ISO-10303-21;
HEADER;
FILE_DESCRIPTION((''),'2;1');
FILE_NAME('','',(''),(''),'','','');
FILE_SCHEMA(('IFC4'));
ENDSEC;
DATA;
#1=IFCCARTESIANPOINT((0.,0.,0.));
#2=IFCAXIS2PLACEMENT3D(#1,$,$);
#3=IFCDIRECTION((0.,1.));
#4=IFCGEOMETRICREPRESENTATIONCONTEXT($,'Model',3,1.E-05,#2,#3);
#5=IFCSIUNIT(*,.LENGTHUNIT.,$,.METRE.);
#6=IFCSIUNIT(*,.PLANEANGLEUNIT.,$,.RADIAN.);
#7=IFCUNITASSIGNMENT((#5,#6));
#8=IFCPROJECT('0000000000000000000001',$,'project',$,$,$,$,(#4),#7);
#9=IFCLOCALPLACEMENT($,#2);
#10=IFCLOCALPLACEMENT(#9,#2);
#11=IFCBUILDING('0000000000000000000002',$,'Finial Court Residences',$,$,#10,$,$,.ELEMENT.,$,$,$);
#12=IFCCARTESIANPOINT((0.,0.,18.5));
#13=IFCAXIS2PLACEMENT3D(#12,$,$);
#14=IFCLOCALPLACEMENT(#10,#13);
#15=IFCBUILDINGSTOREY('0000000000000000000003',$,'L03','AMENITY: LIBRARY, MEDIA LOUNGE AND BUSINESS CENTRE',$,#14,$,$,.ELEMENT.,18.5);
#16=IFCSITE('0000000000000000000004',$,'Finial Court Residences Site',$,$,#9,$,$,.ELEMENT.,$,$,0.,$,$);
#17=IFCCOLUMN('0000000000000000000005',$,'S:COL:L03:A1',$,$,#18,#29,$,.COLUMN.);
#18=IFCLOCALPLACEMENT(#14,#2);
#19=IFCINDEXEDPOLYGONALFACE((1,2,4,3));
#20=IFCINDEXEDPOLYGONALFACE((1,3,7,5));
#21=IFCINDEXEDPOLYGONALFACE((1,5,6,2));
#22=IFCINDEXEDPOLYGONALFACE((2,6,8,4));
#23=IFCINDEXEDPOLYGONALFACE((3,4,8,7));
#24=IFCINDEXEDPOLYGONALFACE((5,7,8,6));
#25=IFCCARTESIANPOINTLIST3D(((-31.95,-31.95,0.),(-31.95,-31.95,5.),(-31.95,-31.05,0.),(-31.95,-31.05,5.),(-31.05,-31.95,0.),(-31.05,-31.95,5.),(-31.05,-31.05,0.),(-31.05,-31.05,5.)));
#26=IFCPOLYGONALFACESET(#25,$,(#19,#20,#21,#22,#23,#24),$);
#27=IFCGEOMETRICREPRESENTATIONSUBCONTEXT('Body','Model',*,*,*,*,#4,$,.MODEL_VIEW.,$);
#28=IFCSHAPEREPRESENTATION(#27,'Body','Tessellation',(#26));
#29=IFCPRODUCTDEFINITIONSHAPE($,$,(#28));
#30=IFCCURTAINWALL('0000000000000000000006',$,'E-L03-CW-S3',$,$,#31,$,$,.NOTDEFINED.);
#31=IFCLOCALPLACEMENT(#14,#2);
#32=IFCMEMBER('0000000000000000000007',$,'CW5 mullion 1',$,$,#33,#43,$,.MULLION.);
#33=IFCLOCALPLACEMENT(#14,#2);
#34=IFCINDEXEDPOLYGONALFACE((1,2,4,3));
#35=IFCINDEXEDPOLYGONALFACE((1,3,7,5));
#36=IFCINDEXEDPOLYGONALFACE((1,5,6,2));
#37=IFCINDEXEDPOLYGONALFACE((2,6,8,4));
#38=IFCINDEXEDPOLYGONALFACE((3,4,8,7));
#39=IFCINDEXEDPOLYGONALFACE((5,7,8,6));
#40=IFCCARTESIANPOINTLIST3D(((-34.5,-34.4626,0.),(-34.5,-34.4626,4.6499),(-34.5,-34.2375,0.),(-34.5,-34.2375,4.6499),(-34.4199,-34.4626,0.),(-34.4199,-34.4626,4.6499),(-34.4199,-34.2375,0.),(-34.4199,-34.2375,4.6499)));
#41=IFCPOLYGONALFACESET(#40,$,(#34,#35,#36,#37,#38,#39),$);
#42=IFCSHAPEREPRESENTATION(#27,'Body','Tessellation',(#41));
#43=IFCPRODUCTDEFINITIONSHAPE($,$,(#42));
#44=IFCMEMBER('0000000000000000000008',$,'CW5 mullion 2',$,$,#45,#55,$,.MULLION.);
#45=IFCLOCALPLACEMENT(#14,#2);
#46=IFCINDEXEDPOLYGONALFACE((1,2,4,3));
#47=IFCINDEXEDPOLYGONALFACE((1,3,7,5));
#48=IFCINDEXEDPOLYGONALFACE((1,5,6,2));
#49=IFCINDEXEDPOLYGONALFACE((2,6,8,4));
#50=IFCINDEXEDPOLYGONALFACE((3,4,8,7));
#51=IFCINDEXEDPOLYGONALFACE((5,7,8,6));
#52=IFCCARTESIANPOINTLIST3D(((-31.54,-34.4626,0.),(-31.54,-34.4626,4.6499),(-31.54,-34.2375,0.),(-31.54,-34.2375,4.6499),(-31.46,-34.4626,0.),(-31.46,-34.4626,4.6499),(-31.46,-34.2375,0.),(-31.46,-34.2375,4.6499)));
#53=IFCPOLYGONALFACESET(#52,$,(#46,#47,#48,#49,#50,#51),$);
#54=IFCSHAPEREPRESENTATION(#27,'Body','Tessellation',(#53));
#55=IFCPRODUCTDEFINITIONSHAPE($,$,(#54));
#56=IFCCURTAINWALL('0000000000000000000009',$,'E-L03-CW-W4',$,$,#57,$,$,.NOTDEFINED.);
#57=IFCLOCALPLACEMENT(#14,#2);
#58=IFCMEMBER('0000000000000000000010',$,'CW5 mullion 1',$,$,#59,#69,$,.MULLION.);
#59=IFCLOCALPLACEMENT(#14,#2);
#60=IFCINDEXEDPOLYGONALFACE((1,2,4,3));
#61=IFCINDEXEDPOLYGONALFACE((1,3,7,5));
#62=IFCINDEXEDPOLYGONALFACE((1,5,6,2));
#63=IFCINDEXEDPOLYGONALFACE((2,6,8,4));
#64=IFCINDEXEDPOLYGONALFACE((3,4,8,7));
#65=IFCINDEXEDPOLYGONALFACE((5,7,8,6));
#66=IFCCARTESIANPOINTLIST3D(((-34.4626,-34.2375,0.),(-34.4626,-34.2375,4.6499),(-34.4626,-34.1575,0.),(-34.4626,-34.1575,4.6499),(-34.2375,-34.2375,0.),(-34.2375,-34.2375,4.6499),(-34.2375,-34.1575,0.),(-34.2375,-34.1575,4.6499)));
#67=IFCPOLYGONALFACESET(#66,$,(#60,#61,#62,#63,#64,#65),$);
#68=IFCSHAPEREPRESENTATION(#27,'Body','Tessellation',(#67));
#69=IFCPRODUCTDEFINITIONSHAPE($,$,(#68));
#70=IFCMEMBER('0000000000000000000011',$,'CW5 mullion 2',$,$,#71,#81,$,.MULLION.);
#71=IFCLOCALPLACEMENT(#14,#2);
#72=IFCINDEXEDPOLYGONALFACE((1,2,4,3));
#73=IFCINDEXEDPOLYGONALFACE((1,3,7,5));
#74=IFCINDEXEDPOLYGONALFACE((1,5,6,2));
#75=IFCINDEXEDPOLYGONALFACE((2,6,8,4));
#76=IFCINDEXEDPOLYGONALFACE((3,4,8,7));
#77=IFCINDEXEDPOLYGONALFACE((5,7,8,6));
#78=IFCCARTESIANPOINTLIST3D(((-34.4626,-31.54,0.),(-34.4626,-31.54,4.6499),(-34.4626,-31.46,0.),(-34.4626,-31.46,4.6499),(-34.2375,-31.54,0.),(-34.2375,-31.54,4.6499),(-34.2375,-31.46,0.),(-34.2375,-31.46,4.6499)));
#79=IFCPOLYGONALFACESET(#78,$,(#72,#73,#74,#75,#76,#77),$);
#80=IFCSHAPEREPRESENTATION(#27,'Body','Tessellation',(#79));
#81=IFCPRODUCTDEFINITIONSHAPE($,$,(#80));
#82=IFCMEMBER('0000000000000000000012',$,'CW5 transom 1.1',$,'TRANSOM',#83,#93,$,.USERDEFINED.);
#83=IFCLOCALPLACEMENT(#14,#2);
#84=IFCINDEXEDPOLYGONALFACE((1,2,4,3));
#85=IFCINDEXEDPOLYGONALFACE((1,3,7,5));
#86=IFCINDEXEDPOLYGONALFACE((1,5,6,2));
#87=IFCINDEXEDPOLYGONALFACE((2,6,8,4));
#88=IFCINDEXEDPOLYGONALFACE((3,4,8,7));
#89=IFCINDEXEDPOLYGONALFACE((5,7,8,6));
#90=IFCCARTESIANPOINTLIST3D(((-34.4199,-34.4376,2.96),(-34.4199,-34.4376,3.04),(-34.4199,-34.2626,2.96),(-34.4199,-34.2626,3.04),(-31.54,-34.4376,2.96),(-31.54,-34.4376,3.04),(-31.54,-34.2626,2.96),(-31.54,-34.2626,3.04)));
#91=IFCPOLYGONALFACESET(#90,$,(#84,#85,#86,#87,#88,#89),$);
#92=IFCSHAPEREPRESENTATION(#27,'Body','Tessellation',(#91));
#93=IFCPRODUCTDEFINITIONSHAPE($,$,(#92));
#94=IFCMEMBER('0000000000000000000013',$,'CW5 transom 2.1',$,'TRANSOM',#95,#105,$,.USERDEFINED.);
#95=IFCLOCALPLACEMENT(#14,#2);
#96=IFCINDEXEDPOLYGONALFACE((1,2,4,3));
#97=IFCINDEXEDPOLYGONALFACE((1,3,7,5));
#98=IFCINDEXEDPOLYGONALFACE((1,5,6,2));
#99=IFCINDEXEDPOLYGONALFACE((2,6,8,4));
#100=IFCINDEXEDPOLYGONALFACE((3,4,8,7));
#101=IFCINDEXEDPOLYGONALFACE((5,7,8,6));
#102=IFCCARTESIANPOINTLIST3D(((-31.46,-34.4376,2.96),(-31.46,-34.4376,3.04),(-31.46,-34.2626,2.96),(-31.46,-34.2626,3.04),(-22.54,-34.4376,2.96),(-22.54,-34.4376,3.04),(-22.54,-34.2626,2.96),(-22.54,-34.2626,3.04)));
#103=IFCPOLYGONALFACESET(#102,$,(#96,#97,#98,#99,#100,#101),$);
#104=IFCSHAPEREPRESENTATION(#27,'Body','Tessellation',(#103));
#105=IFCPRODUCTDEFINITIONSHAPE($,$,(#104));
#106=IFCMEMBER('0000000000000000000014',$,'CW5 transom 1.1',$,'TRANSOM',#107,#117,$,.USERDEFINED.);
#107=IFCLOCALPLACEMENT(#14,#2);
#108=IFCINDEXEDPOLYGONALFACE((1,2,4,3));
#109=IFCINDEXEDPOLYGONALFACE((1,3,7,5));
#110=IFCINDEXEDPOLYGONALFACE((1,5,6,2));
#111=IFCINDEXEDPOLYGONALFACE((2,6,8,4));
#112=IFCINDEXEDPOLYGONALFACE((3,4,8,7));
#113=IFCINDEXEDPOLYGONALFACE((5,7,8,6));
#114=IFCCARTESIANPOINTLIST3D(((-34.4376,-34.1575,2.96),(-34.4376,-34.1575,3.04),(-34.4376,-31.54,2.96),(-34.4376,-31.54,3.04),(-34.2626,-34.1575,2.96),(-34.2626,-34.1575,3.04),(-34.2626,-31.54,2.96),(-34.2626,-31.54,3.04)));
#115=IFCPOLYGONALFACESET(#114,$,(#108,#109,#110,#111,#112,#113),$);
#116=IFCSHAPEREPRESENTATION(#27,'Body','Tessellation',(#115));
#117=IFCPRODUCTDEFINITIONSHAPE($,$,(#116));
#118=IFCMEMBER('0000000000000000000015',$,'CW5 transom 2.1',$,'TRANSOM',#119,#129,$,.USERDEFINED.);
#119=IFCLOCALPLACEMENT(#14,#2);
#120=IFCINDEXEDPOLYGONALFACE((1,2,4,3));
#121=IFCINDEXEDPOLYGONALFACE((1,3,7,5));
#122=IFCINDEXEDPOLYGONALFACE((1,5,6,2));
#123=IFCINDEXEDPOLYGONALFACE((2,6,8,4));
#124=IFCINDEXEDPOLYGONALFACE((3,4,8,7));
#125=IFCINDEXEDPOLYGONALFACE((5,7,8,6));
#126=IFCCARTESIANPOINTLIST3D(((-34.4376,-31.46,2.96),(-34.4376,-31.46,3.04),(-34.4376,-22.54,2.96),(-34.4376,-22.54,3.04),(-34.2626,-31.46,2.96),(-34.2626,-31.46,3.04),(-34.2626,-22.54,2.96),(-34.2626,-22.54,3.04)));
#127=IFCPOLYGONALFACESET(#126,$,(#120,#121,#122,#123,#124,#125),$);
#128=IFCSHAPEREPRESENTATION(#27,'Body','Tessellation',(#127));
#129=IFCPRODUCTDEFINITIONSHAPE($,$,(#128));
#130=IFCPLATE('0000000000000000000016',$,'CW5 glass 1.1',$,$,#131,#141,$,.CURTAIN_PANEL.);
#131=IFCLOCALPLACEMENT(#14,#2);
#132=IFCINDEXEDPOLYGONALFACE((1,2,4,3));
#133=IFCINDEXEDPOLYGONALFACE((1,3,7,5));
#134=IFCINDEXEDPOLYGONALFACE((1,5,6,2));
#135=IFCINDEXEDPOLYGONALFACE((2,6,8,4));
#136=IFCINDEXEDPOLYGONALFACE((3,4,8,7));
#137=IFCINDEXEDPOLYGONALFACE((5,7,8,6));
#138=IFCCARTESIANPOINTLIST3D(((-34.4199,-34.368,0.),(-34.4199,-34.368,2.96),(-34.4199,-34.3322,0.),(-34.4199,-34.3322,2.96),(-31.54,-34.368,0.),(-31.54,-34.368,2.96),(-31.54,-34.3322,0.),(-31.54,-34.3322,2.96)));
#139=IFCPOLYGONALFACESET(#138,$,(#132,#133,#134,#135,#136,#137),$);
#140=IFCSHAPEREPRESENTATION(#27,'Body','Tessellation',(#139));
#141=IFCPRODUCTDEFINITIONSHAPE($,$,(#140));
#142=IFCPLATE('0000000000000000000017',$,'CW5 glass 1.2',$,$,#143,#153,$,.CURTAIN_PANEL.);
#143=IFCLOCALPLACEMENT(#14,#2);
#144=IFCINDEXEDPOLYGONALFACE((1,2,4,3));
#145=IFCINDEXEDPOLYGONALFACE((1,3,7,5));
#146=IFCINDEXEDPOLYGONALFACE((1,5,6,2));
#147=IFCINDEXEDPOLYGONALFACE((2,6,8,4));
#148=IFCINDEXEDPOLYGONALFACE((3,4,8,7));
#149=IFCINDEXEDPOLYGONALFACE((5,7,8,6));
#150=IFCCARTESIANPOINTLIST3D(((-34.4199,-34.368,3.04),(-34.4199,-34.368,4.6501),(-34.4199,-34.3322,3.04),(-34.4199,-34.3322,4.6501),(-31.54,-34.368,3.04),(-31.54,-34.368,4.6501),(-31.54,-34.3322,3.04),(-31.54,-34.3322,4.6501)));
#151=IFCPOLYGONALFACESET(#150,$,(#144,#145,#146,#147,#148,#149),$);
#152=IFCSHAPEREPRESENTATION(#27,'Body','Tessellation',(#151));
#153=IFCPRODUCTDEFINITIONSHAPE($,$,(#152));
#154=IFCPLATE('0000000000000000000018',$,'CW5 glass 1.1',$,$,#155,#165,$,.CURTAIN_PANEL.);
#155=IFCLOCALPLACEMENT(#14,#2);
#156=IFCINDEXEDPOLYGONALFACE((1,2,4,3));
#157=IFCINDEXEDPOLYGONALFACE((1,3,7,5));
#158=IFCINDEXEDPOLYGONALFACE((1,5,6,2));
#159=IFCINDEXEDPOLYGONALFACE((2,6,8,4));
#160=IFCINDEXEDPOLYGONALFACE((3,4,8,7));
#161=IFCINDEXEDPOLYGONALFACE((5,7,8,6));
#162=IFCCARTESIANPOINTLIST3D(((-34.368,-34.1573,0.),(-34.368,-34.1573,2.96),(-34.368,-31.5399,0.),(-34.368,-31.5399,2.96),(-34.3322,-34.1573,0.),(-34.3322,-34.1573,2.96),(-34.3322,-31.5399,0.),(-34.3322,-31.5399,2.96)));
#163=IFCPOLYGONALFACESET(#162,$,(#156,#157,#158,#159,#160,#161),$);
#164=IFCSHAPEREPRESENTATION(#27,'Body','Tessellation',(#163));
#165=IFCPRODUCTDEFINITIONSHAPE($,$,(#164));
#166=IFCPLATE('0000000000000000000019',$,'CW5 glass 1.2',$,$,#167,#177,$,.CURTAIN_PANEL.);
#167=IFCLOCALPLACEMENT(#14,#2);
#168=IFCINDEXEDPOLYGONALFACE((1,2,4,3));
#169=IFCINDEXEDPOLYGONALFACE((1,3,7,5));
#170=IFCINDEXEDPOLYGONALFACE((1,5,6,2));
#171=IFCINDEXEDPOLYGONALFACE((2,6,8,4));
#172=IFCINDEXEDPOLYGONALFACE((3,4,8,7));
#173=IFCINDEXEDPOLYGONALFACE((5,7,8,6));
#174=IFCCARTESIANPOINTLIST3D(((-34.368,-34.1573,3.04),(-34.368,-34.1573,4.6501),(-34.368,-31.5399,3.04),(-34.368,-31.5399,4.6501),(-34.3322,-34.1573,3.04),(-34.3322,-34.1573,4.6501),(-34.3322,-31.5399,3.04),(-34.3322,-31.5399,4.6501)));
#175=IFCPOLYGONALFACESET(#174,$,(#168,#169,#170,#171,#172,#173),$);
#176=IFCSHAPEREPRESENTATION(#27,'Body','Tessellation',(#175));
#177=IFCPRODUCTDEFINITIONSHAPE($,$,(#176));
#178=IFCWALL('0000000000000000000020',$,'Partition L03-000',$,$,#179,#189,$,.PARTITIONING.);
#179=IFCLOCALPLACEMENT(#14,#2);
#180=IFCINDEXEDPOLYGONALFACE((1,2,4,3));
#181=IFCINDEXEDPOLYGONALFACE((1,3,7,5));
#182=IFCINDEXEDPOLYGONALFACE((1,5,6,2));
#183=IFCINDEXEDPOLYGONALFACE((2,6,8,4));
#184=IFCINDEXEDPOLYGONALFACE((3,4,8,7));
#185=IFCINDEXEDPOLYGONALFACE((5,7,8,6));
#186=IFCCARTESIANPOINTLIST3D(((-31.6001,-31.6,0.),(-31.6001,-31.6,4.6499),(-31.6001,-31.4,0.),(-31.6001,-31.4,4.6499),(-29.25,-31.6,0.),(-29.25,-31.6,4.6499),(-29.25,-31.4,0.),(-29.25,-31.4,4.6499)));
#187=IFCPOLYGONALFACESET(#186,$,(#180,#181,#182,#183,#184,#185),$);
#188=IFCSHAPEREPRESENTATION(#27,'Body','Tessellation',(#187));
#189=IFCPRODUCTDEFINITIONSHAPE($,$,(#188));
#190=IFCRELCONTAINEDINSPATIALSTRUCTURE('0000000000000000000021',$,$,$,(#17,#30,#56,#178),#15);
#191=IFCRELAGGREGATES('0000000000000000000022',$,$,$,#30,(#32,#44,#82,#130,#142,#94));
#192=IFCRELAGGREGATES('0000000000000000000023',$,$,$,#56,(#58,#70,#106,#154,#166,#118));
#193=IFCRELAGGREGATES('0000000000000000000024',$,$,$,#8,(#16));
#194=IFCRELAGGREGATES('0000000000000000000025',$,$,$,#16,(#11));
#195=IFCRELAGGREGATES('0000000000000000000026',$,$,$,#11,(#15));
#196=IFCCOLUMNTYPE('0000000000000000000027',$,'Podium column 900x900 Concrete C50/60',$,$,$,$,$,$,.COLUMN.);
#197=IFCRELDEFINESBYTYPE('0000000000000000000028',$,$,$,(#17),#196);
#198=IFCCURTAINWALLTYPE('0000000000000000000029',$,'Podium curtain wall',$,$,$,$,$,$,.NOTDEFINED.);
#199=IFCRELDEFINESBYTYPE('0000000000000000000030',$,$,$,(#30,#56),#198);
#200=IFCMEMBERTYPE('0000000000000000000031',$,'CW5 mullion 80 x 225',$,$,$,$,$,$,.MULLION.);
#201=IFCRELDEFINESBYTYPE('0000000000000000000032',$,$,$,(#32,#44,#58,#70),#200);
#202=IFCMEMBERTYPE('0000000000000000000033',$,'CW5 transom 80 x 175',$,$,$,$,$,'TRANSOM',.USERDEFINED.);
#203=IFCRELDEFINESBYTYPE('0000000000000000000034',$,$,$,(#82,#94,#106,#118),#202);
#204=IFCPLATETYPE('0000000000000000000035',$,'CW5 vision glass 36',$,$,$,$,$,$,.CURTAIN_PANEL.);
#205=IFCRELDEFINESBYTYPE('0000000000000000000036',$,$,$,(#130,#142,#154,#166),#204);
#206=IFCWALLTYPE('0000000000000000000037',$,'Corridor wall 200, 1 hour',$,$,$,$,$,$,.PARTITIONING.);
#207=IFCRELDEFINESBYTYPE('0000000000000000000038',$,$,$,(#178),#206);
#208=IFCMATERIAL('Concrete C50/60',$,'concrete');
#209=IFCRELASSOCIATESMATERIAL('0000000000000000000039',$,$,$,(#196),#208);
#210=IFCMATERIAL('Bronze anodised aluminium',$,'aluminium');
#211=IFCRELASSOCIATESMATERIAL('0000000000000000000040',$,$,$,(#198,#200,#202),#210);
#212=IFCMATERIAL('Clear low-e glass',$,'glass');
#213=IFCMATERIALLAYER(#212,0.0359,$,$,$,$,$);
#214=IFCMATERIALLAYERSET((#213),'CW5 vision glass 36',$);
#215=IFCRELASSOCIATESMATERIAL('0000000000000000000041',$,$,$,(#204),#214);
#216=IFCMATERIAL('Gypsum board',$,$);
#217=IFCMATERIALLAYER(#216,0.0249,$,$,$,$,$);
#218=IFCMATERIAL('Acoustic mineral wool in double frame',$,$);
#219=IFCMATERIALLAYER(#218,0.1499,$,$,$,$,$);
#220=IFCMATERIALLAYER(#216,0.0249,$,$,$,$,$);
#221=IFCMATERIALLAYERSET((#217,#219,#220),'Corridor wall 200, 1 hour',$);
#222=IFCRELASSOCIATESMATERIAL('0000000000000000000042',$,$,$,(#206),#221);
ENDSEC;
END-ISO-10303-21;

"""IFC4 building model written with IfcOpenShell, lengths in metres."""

from ifc_helpers import new_model, si_unit, direction, frame, frame_2d, origin, origin_2d, place, context, subcontext, project, spatial, rectangle, extrude, material, layer, layer_set, material_profile, profile_set, type_object, element, aggregate, save


model = new_model("IFC4")

# Units and contexts
model_context = context("Model", 3, precision=1e-05, world=origin(), true_north=direction((0.0, 1.0)))
body_context = subcontext(model_context, "Body", "Model", "MODEL_VIEW")
ifc_project = project(units=[si_unit("LENGTHUNIT", "METRE"), si_unit("PLANEANGLEUNIT", "RADIAN")], contexts=[model_context])

# Site, building, storey
site_placement = place(None, origin())
site = spatial("IfcSite", under=ifc_project, at=site_placement, Name="Finial Court Residences Site", CompositionType="ELEMENT", RefElevation=0.0)
building_placement = place(site_placement, origin())
building = spatial("IfcBuilding", under=site, at=building_placement, Name="Finial Court Residences", CompositionType="ELEMENT")
storey_placement = place(building_placement, frame((0.0, 0.0, 18.5)))
storey = spatial("IfcBuildingStorey", under=building, at=storey_placement, Name="L03", Description="AMENITY: LIBRARY, MEDIA LOUNGE AND BUSINESS CENTRE", CompositionType="ELEMENT", Elevation=18.5)

# Column
ifc_material_1 = material(Name="Concrete C50/60", Category="concrete")
ifc_material_profile_1 = material_profile(ifc_material_1, rectangle(XDim=0.8999, YDim=0.8999, at=origin_2d()), Name="900x900")
ifc_profile_set_1 = profile_set([ifc_material_profile_1], Name="Concrete C50/60")
column_type = type_object("IfcColumnType", Name="Podium column 900x900 Concrete C50/60", PredefinedType="COLUMN", material=ifc_profile_set_1)
column_placement = place(storey_placement, frame((-31.5, -31.5, 0.0), z_axis=(0.0, 0.0, 1.0), x_axis=(1.0, 0.0, 0.0)))
element("IfcColumn", 1, at=column_placement, inside=storey, type_object=column_type, Name="S:COL:L03:A1", PredefinedType="COLUMN", context=body_context, shape_type="SweptSolid", body=[
    extrude(rectangle(XDim=0.8999, YDim=0.8999, at=origin_2d()), origin(), (0.0, 0.0, 1.0), 5.0),
])

# Curtain walls, members
ifc_material_2 = material(Name="Bronze anodised aluminium", Category="aluminium")
curtain_wall_type = type_object("IfcCurtainWallType", Name="Podium curtain wall", PredefinedType="NOTDEFINED", material=ifc_material_2)
curtain_wall_1_placement = place(storey_placement, origin())
curtain_wall_1 = element("IfcCurtainWall", 2, at=curtain_wall_1_placement, inside=storey, type_object=curtain_wall_type, Name="E-L03-CW-S3", PredefinedType="NOTDEFINED")
ifc_material_profile_2 = material_profile(ifc_material_2, rectangle(XDim=0.2251, YDim=0.0801, at=origin_2d()), Name="CW5 mullion 80 x 225")
ifc_profile_set_2 = profile_set([ifc_material_profile_2], Name="Bronze anodised aluminium")
member_type_1 = type_object("IfcMemberType", Name="CW5 mullion 80 x 225", PredefinedType="MULLION", material=ifc_profile_set_2)
member_1_placement = place(storey_placement, frame((-34.46, -34.3501, 0.0), z_axis=(0.0, 0.0, 1.0), x_axis=(0.0, 1.0, 0.0)))
member_1 = element("IfcMember", 3, at=member_1_placement, type_object=member_type_1, Name="CW5 mullion 1", PredefinedType="MULLION", context=body_context, shape_type="SweptSolid", body=[
    extrude(rectangle(XDim=0.2251, YDim=0.0801, at=origin_2d()), origin(), (0.0, 0.0, 1.0), 4.6499),
])
member_2_placement = place(storey_placement, frame((-31.5, -34.3501, 0.0), z_axis=(0.0, 0.0, 1.0), x_axis=(0.0, 1.0, 0.0)))
member_2 = element("IfcMember", 4, at=member_2_placement, type_object=member_type_1, Name="CW5 mullion 2", PredefinedType="MULLION", context=body_context, shape_type="SweptSolid", body=[
    extrude(rectangle(XDim=0.2251, YDim=0.0801, at=origin_2d()), origin(), (0.0, 0.0, 1.0), 4.6499),
])
curtain_wall_2_placement = place(storey_placement, origin())
curtain_wall_2 = element("IfcCurtainWall", 5, at=curtain_wall_2_placement, inside=storey, type_object=curtain_wall_type, Name="E-L03-CW-W4", PredefinedType="NOTDEFINED")
member_3_placement = place(storey_placement, frame((-34.3501, -34.1975, 0.0), z_axis=(0.0, 0.0, 1.0), x_axis=(-1.0, 0.0, 0.0)))
member_3 = element("IfcMember", 6, at=member_3_placement, type_object=member_type_1, Name="CW5 mullion 1", PredefinedType="MULLION", context=body_context, shape_type="SweptSolid", body=[
    extrude(rectangle(XDim=0.2251, YDim=0.0801, at=origin_2d()), origin(), (0.0, 0.0, 1.0), 4.6499),
])
member_4_placement = place(storey_placement, frame((-34.3501, -31.5, 0.0), z_axis=(0.0, 0.0, 1.0), x_axis=(-1.0, 0.0, 0.0)))
member_4 = element("IfcMember", 7, at=member_4_placement, type_object=member_type_1, Name="CW5 mullion 2", PredefinedType="MULLION", context=body_context, shape_type="SweptSolid", body=[
    extrude(rectangle(XDim=0.2251, YDim=0.0801, at=origin_2d()), origin(), (0.0, 0.0, 1.0), 4.6499),
])

# Members
ifc_material_profile_3 = material_profile(ifc_material_2, rectangle(XDim=0.175, YDim=0.0801, at=origin_2d()), Name="CW5 transom 80 x 175")
ifc_profile_set_3 = profile_set([ifc_material_profile_3], Name="Bronze anodised aluminium")
member_type_2 = type_object("IfcMemberType", Name="CW5 transom 80 x 175", ElementType="TRANSOM", PredefinedType="USERDEFINED", material=ifc_profile_set_3)
member_5_placement = place(storey_placement, frame((-34.4199, -34.3501, 3.0), z_axis=(1.0, 0.0, 0.0), x_axis=(0.0, 1.0, 0.0)))
member_5 = element("IfcMember", 8, at=member_5_placement, type_object=member_type_2, Name="CW5 transom 1.1", ObjectType="TRANSOM", PredefinedType="USERDEFINED", context=body_context, shape_type="SweptSolid", body=[
    extrude(rectangle(XDim=0.175, YDim=0.0801, at=origin_2d()), origin(), (0.0, 0.0, 1.0), 2.8799),
])
member_6_placement = place(storey_placement, frame((-31.46, -34.3501, 3.0), z_axis=(1.0, 0.0, 0.0), x_axis=(0.0, 1.0, 0.0)))
member_6 = element("IfcMember", 9, at=member_6_placement, type_object=member_type_2, Name="CW5 transom 2.1", ObjectType="TRANSOM", PredefinedType="USERDEFINED", context=body_context, shape_type="SweptSolid", body=[
    extrude(rectangle(XDim=0.175, YDim=0.0801, at=origin_2d()), origin(), (0.0, 0.0, 1.0), 8.9199),
])
member_7_placement = place(storey_placement, frame((-34.3501, -34.1575, 3.0), z_axis=(0.0, 1.0, 0.0), x_axis=(-1.0, 0.0, 0.0)))
member_7 = element("IfcMember", 10, at=member_7_placement, type_object=member_type_2, Name="CW5 transom 1.1", ObjectType="TRANSOM", PredefinedType="USERDEFINED", context=body_context, shape_type="SweptSolid", body=[
    extrude(rectangle(XDim=0.175, YDim=0.0801, at=origin_2d()), origin(), (0.0, 0.0, 1.0), 2.6174),
])
member_8_placement = place(storey_placement, frame((-34.3501, -31.46, 3.0), z_axis=(0.0, 1.0, 0.0), x_axis=(-1.0, 0.0, 0.0)))
member_8 = element("IfcMember", 11, at=member_8_placement, type_object=member_type_2, Name="CW5 transom 2.1", ObjectType="TRANSOM", PredefinedType="USERDEFINED", context=body_context, shape_type="SweptSolid", body=[
    extrude(rectangle(XDim=0.175, YDim=0.0801, at=origin_2d()), origin(), (0.0, 0.0, 1.0), 8.9199),
])

# Plates
ifc_material_3 = material(Name="Clear low-e glass", Category="glass")
ifc_layer_1 = layer(ifc_material_3, 0.0359)
ifc_layer_set_1 = layer_set([ifc_layer_1], Name="CW5 vision glass 36")
plate_type = type_object("IfcPlateType", Name="CW5 vision glass 36", PredefinedType="CURTAIN_PANEL", material=ifc_layer_set_1)
plate_1_placement = place(storey_placement, frame((-32.98, -34.3501, 0.0), z_axis=(0.0, 0.0, 1.0), x_axis=(1.0, 0.0, 0.0)))
plate_1 = element("IfcPlate", 12, at=plate_1_placement, type_object=plate_type, Name="CW5 glass 1.1", PredefinedType="CURTAIN_PANEL", context=body_context, shape_type="SweptSolid", body=[
    extrude(rectangle(XDim=2.8799, YDim=0.0359, at=origin_2d()), origin(), (0.0, 0.0, 1.0), 2.96),
])
plate_2_placement = place(storey_placement, frame((-32.98, -34.3501, 3.04), z_axis=(0.0, 0.0, 1.0), x_axis=(1.0, 0.0, 0.0)))
plate_2 = element("IfcPlate", 13, at=plate_2_placement, type_object=plate_type, Name="CW5 glass 1.2", PredefinedType="CURTAIN_PANEL", context=body_context, shape_type="SweptSolid", body=[
    extrude(rectangle(XDim=2.8799, YDim=0.0359, at=origin_2d()), origin(), (0.0, 0.0, 1.0), 1.6101),
])
aggregate(curtain_wall_1, [member_1, member_2, member_5, plate_1, plate_2, member_6])
plate_3_placement = place(storey_placement, frame((-34.3501, -32.8486, 0.0), z_axis=(0.0, 0.0, 1.0), x_axis=(0.0, 1.0, 0.0)))
plate_3 = element("IfcPlate", 14, at=plate_3_placement, type_object=plate_type, Name="CW5 glass 1.1", PredefinedType="CURTAIN_PANEL", context=body_context, shape_type="SweptSolid", body=[
    extrude(rectangle(XDim=2.6174, YDim=0.0359, at=origin_2d()), origin(), (0.0, 0.0, 1.0), 2.96),
])
plate_4_placement = place(storey_placement, frame((-34.3501, -32.8486, 3.04), z_axis=(0.0, 0.0, 1.0), x_axis=(0.0, 1.0, 0.0)))
plate_4 = element("IfcPlate", 15, at=plate_4_placement, type_object=plate_type, Name="CW5 glass 1.2", PredefinedType="CURTAIN_PANEL", context=body_context, shape_type="SweptSolid", body=[
    extrude(rectangle(XDim=2.6174, YDim=0.0359, at=origin_2d()), origin(), (0.0, 0.0, 1.0), 1.6101),
])
aggregate(curtain_wall_2, [member_3, member_4, member_7, plate_3, plate_4, member_8])

# Wall
ifc_material_4 = material(Name="Gypsum board")
ifc_layer_2 = layer(ifc_material_4, 0.0249)
ifc_material_5 = material(Name="Acoustic mineral wool in double frame")
ifc_layer_3 = layer(ifc_material_5, 0.1499)
ifc_layer_4 = layer(ifc_material_4, 0.0249)
ifc_layer_set_2 = layer_set([ifc_layer_2, ifc_layer_3, ifc_layer_4], Name="Corridor wall 200, 1 hour")
wall_type = type_object("IfcWallType", Name="Corridor wall 200, 1 hour", PredefinedType="PARTITIONING", material=ifc_layer_set_2)
wall_1_placement = place(storey_placement, frame((-31.6001, -31.5, 0.0), z_axis=(0.0, 0.0, 1.0), x_axis=(1.0, 0.0, 0.0)))
element("IfcWall", 16, at=wall_1_placement, inside=storey, type_object=wall_type, Name="Partition L03-000", PredefinedType="PARTITIONING", context=body_context, shape_type="SweptSolid", body=[
    extrude(rectangle(XDim=2.3501, YDim=0.2, at=frame_2d((1.175, 0.0))), origin(), (0.0, 0.0, 1.0), 4.6499),
])

save(model, "model.ifc")
